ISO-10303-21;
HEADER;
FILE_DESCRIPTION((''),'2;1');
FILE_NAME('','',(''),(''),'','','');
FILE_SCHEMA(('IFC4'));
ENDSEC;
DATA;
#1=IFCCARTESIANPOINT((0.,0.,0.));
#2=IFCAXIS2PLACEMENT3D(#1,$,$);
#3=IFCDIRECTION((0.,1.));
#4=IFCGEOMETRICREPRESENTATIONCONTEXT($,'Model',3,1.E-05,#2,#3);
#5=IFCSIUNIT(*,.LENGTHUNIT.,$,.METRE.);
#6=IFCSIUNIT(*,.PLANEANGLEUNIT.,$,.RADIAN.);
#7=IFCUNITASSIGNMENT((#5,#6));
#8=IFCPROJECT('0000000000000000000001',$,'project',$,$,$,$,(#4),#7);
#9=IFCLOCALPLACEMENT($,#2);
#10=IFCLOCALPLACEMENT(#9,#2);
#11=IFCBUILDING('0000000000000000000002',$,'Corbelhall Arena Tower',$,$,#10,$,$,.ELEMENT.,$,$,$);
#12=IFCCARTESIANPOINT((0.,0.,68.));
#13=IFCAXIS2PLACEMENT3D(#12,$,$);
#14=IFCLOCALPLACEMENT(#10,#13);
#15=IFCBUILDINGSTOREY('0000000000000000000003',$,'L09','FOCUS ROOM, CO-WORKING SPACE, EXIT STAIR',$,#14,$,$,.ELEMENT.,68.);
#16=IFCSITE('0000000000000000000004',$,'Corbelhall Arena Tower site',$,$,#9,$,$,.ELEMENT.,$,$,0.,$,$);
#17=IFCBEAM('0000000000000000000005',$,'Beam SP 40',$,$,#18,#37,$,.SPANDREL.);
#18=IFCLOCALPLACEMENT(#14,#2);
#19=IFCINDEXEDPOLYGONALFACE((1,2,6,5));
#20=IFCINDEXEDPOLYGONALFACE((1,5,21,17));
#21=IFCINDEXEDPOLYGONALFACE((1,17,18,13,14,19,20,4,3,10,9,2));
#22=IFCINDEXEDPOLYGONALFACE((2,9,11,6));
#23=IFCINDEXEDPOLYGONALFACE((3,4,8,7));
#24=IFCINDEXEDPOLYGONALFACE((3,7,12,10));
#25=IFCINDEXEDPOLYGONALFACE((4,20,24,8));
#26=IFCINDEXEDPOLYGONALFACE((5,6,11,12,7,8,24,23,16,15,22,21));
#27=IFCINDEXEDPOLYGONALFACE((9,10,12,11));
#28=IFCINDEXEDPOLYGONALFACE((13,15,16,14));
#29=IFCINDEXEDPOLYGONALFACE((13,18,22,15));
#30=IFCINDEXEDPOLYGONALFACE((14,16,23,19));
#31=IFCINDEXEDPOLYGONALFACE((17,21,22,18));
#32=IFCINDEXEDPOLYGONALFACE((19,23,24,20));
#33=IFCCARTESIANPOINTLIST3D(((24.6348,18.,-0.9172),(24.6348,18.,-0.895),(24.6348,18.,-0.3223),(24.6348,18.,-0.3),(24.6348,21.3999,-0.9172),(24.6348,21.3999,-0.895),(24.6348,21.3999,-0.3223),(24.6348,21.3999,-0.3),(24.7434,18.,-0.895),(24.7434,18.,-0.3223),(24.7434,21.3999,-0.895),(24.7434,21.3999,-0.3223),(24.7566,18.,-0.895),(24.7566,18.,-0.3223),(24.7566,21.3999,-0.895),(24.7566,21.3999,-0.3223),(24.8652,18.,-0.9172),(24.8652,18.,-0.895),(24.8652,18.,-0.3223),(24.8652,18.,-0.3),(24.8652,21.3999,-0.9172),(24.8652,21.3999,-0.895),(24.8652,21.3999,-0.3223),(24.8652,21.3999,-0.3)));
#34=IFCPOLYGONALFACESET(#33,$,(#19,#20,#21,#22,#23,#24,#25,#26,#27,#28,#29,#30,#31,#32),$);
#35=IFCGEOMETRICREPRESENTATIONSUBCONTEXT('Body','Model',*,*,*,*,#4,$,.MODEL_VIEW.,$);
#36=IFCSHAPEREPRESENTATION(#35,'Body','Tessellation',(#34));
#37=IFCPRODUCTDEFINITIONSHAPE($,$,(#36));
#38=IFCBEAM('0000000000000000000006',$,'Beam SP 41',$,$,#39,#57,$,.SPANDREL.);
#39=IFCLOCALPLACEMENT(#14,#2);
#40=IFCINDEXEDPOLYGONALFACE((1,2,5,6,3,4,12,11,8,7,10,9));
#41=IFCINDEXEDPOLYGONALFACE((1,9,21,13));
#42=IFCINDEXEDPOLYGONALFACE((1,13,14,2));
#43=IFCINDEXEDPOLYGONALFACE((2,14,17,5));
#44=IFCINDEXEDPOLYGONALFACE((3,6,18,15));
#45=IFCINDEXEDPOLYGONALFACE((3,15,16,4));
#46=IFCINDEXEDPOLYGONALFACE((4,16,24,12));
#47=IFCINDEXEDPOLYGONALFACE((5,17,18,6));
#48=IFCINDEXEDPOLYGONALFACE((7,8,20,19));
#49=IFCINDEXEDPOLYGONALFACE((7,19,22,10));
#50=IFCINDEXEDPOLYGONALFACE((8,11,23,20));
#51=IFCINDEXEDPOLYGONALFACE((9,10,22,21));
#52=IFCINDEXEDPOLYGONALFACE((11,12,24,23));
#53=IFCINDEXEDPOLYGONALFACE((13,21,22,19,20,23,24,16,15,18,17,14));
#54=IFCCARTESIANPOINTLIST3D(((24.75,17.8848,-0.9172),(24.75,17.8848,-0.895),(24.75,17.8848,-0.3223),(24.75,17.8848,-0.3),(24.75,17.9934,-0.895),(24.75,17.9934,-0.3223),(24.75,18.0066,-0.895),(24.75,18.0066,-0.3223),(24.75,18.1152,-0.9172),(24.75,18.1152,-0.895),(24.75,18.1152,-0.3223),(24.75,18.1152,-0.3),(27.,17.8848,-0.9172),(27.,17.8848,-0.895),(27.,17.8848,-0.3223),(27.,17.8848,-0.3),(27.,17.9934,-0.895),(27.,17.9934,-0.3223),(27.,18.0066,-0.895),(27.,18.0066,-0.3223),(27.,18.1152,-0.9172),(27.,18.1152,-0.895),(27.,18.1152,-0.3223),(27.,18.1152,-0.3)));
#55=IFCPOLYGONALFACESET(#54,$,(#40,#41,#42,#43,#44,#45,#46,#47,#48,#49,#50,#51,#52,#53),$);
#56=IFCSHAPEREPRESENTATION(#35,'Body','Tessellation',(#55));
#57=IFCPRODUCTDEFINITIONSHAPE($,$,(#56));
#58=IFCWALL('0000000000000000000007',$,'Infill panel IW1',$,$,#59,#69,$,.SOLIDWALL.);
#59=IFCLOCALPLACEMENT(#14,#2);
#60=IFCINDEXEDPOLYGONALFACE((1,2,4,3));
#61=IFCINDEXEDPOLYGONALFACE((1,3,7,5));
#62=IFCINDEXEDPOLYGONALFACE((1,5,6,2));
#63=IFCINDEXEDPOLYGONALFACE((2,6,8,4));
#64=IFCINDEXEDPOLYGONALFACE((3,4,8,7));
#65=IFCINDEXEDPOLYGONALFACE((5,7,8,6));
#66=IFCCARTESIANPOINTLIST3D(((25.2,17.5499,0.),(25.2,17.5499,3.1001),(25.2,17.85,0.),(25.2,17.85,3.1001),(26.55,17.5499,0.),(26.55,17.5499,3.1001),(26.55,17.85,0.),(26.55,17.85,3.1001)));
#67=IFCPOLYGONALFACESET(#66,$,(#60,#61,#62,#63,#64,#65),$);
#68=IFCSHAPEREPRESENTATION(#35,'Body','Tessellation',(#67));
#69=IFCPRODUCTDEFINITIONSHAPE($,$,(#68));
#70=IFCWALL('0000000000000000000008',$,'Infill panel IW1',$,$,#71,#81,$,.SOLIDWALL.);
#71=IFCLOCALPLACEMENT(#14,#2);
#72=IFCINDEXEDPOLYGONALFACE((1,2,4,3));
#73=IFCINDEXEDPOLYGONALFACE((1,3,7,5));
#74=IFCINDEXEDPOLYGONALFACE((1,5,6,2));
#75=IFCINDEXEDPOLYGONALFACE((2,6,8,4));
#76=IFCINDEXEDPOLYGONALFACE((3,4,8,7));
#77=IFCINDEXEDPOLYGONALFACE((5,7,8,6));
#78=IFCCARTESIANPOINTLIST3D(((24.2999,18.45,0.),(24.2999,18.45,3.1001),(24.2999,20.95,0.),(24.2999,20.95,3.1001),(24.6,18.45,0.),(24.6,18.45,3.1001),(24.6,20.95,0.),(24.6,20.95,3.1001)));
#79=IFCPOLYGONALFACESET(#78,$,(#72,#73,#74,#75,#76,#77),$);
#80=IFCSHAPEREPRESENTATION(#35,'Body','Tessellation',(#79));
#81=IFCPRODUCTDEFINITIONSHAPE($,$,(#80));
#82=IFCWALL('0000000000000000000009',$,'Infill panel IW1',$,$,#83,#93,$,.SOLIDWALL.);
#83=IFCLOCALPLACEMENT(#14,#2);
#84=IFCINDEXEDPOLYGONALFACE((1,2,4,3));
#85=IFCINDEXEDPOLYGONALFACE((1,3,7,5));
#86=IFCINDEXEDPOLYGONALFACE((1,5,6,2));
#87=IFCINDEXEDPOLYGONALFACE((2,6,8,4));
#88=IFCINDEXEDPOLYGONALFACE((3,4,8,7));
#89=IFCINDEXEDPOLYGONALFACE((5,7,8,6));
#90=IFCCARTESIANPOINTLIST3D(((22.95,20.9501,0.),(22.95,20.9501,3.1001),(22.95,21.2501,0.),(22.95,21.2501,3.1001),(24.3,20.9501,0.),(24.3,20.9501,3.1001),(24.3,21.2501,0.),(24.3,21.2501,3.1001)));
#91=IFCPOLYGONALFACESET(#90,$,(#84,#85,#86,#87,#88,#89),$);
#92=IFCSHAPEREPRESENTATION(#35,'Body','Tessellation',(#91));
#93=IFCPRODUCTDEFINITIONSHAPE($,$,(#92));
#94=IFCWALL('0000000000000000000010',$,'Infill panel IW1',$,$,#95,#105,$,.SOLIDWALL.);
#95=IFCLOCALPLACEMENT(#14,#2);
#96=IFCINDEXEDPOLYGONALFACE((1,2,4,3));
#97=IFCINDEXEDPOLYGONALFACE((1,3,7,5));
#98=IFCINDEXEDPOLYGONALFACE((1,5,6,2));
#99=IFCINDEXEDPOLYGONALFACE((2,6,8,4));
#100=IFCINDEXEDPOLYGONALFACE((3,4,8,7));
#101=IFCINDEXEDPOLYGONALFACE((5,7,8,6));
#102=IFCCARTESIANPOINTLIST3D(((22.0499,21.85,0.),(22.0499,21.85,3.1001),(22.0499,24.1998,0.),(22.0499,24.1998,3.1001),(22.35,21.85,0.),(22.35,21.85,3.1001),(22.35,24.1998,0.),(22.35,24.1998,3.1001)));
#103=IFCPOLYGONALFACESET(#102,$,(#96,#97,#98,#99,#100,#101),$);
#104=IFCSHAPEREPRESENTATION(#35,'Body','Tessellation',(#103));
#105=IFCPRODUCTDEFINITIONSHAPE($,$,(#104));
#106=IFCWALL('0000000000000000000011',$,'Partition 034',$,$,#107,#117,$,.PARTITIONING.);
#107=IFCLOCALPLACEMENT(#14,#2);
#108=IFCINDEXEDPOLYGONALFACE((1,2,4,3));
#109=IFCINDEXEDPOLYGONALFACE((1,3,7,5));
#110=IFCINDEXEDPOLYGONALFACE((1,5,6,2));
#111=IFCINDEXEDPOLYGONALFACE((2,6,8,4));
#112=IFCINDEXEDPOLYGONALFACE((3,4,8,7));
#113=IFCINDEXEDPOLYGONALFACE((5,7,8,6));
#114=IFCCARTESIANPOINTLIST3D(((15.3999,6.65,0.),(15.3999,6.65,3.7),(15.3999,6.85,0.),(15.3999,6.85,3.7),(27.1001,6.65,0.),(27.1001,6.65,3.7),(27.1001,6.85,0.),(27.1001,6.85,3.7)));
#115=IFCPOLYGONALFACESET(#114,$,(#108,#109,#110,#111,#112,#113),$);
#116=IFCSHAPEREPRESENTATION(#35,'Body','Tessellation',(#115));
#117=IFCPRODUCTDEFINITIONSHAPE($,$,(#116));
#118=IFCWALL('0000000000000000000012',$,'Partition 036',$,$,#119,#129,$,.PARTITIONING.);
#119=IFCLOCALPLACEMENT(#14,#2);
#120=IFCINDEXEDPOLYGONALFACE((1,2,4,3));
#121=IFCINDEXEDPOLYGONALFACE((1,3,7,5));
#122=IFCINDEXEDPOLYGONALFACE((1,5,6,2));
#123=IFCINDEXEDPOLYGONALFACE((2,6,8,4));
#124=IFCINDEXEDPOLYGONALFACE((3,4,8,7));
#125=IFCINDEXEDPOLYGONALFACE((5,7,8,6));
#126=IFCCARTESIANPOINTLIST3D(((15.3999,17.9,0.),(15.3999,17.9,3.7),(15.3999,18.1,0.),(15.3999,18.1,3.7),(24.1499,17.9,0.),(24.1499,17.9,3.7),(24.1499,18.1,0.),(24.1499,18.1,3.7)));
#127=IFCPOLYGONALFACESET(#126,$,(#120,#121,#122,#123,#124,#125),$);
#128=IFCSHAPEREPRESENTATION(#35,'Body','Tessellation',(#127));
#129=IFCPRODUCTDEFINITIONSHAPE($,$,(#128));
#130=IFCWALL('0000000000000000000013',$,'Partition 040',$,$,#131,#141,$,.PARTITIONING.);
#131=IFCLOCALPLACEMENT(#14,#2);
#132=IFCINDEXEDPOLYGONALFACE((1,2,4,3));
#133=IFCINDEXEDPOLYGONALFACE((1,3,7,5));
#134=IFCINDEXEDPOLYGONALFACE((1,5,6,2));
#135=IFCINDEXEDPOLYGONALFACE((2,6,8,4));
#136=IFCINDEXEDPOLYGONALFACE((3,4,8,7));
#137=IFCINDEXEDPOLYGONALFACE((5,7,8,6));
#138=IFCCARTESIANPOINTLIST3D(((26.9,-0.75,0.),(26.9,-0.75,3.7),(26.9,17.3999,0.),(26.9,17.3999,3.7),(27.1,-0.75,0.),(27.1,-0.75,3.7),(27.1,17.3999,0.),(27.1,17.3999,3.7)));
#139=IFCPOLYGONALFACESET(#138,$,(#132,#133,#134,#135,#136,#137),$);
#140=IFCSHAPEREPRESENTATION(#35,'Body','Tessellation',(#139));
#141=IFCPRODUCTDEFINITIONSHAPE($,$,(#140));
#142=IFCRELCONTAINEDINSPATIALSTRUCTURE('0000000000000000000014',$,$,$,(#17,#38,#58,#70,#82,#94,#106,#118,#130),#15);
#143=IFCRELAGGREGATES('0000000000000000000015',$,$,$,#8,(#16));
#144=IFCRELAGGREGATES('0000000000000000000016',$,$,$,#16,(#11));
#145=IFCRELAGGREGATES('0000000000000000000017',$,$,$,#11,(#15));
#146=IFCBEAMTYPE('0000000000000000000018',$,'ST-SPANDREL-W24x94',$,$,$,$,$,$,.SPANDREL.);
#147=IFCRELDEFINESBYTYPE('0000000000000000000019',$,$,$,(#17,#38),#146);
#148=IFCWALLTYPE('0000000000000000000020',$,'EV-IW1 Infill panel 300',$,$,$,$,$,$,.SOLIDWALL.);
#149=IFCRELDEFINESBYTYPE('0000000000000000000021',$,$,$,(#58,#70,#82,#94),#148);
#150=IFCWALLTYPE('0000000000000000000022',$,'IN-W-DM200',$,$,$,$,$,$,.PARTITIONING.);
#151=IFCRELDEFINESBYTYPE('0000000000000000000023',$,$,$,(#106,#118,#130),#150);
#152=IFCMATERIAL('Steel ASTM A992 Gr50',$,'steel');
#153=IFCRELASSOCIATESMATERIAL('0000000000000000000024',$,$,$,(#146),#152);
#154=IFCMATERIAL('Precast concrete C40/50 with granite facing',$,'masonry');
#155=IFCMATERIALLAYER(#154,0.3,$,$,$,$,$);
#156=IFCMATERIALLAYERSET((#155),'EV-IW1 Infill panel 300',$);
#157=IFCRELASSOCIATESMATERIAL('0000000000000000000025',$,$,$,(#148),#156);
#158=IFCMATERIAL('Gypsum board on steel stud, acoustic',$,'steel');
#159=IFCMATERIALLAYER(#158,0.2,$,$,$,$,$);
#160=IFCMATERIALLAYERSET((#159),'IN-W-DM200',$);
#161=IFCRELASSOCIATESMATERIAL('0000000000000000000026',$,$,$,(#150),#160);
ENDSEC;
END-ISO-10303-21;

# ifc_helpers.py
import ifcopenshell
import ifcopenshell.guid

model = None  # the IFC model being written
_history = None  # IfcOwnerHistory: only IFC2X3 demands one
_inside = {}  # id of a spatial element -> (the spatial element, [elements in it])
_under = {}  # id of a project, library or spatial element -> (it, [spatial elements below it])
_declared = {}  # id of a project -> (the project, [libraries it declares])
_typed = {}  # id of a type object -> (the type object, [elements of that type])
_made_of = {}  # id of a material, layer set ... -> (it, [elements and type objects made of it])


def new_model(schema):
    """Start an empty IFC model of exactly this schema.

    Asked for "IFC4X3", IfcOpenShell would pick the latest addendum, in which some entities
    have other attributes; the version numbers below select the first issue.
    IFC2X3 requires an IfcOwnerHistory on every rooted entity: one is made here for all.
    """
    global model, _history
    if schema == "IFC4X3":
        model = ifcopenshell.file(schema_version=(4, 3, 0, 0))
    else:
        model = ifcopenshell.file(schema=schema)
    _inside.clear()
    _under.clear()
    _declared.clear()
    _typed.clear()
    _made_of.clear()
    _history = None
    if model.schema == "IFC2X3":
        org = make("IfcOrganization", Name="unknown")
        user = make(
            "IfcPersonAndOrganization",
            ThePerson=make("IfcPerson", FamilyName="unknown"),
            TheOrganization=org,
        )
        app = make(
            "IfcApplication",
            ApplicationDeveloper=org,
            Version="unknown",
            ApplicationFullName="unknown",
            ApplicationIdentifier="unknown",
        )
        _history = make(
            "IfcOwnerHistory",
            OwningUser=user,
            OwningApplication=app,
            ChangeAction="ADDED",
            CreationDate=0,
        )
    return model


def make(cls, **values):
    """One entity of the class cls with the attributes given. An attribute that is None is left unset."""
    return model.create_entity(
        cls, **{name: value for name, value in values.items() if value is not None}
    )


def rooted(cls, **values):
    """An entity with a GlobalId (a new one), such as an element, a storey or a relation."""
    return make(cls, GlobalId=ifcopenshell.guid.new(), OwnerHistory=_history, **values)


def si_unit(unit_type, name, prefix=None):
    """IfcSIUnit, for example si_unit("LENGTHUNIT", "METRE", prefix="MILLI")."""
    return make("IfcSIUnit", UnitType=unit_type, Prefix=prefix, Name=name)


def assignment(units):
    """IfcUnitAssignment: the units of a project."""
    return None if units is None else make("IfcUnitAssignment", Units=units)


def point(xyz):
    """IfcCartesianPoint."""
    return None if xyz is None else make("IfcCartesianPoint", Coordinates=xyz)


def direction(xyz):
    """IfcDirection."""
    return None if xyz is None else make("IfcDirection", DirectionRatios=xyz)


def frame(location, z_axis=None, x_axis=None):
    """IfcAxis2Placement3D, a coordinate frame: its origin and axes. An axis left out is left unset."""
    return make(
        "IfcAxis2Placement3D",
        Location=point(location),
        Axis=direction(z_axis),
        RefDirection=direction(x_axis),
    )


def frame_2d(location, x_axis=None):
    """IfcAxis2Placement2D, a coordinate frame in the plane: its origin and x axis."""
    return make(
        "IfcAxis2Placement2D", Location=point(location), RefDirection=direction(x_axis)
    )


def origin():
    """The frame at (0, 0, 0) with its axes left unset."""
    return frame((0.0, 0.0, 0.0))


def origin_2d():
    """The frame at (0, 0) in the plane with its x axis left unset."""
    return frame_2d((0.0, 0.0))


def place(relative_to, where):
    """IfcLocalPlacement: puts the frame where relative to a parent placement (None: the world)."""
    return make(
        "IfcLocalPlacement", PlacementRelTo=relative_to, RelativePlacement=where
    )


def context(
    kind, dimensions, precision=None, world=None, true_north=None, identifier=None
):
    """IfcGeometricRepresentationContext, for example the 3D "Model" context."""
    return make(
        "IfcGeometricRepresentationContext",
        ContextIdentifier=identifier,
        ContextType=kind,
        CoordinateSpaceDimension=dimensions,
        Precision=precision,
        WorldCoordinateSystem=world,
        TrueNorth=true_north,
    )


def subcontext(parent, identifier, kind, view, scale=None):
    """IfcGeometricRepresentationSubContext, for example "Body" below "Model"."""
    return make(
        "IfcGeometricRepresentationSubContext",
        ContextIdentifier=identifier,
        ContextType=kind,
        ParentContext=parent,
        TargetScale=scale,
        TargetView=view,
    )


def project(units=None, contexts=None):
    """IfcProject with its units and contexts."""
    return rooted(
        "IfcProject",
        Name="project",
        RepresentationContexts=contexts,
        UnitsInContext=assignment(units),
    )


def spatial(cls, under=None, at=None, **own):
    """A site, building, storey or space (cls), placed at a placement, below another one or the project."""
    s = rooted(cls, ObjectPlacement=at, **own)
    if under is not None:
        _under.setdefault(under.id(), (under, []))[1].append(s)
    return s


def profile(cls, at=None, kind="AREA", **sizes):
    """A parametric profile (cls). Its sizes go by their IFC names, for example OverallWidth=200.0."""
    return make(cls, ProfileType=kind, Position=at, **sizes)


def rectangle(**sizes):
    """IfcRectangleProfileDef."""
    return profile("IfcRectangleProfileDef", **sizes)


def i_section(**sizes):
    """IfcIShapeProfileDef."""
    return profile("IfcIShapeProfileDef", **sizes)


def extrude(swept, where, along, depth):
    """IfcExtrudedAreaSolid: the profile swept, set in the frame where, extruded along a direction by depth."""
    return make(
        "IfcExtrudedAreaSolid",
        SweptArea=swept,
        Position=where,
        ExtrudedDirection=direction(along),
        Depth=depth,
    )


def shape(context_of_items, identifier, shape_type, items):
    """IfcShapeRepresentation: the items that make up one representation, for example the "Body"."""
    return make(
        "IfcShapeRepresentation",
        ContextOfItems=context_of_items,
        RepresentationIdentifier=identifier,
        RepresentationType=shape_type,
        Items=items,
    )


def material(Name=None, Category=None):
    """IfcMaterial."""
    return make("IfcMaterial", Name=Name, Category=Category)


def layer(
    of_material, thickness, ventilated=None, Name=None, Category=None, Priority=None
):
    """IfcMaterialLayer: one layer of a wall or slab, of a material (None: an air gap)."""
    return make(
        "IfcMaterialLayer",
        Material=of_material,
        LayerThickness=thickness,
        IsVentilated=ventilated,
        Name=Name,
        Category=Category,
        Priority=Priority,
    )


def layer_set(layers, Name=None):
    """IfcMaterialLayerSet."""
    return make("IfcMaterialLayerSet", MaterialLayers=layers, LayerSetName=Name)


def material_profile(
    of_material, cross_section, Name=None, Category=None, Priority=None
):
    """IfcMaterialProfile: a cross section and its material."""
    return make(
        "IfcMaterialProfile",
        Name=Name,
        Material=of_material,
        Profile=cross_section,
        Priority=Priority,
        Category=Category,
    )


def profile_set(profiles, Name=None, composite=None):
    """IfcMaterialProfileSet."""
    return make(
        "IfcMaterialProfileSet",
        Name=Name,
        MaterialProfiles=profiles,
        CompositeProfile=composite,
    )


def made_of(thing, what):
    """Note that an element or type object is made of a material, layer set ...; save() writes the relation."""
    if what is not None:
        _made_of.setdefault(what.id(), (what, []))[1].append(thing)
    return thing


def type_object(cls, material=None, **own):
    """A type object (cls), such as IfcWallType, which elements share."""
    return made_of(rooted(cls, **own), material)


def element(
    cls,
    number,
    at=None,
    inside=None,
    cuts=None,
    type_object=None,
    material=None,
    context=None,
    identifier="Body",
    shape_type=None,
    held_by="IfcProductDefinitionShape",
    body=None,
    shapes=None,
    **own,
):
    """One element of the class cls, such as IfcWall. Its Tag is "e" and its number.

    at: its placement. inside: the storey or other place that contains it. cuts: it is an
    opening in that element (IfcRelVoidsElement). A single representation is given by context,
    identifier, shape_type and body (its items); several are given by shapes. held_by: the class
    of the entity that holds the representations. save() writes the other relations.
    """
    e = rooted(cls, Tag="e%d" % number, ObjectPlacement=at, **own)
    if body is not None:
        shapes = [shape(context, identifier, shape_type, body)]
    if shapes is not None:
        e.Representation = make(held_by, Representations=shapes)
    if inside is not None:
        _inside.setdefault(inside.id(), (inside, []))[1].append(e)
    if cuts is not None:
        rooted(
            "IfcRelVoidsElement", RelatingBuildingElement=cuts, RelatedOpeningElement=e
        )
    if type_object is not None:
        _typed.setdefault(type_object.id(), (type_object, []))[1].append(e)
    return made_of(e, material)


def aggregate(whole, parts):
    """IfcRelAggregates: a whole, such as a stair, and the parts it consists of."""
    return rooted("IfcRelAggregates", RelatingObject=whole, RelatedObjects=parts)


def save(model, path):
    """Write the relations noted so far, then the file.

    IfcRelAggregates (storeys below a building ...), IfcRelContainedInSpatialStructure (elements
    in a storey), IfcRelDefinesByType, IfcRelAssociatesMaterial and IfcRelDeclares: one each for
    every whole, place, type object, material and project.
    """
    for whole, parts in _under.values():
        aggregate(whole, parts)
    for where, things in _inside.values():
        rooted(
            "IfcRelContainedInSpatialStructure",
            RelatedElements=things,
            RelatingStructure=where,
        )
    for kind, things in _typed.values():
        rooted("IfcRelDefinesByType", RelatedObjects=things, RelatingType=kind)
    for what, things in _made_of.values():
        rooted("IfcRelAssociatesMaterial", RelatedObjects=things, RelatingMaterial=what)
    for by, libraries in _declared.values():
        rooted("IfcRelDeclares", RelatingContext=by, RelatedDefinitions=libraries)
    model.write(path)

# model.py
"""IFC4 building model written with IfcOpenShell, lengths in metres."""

from ifc_helpers import new_model, si_unit, direction, frame, frame_2d, origin, origin_2d, place, context, subcontext, project, spatial, rectangle, i_section, extrude, material, layer, layer_set, material_profile, profile_set, type_object, element, save


model = new_model("IFC4")

# Units and contexts
model_context = context("Model", 3, precision=1e-05, world=origin(), true_north=direction((0.0, 1.0)))
body_context = subcontext(model_context, "Body", "Model", "MODEL_VIEW")
ifc_project = project(units=[si_unit("LENGTHUNIT", "METRE"), si_unit("PLANEANGLEUNIT", "RADIAN")], contexts=[model_context])

# Site, building, storey
site_placement = place(None, origin())
site = spatial("IfcSite", under=ifc_project, at=site_placement, Name="Corbelhall Arena Tower site", CompositionType="ELEMENT", RefElevation=0.0)
building_placement = place(site_placement, origin())
building = spatial("IfcBuilding", under=site, at=building_placement, Name="Corbelhall Arena Tower", CompositionType="ELEMENT")
storey_placement = place(building_placement, frame((0.0, 0.0, 68.0)))
storey = spatial("IfcBuildingStorey", under=building, at=storey_placement, Name="L09", Description="FOCUS ROOM, CO-WORKING SPACE, EXIT STAIR", CompositionType="ELEMENT", Elevation=68.0)

# Beams
ifc_material_1 = material(Name="Steel ASTM A992 Gr50", Category="steel")
ifc_material_profile_1 = material_profile(ifc_material_1, i_section(OverallWidth=0.2305, OverallDepth=0.6172, WebThickness=0.0132, FlangeThickness=0.0222, at=origin_2d()))
ifc_profile_set_1 = profile_set([ifc_material_profile_1], Name="Steel ASTM A992 Gr50")
beam_type = type_object("IfcBeamType", Name="ST-SPANDREL-W24x94", PredefinedType="SPANDREL", material=ifc_profile_set_1)
beam_1_placement = place(storey_placement, frame((24.75, 21.3999, -0.6086), z_axis=(0.0, -1.0, 0.0), x_axis=(1.0, 0.0, 0.0)))
element("IfcBeam", 1, at=beam_1_placement, inside=storey, type_object=beam_type, Name="Beam SP 40", PredefinedType="SPANDREL", context=body_context, shape_type="SweptSolid", body=[
    extrude(i_section(OverallWidth=0.2305, OverallDepth=0.6172, WebThickness=0.0132, FlangeThickness=0.0222, at=origin_2d()), origin(), (0.0, 0.0, 1.0), 3.3999),
])
beam_2_placement = place(storey_placement, frame((24.75, 18.0, -0.6086), z_axis=(1.0, 0.0, 0.0), x_axis=(0.0, 1.0, 0.0)))
element("IfcBeam", 2, at=beam_2_placement, inside=storey, type_object=beam_type, Name="Beam SP 41", PredefinedType="SPANDREL", context=body_context, shape_type="SweptSolid", body=[
    extrude(i_section(OverallWidth=0.2305, OverallDepth=0.6172, WebThickness=0.0132, FlangeThickness=0.0222, at=origin_2d()), origin(), (0.0, 0.0, 1.0), 2.25),
])

# Walls
ifc_material_2 = material(Name="Precast concrete C40/50 with granite facing", Category="masonry")
ifc_layer_1 = layer(ifc_material_2, 0.3)
ifc_layer_set_1 = layer_set([ifc_layer_1], Name="EV-IW1 Infill panel 300")
wall_type_1 = type_object("IfcWallType", Name="EV-IW1 Infill panel 300", PredefinedType="SOLIDWALL", material=ifc_layer_set_1)
wall_1_placement = place(storey_placement, frame((26.55, 17.7, 0.0), z_axis=(0.0, 0.0, 1.0), x_axis=(-1.0, 0.0, 0.0)))
element("IfcWall", 3, at=wall_1_placement, inside=storey, type_object=wall_type_1, Name="Infill panel IW1", PredefinedType="SOLIDWALL", context=body_context, shape_type="SweptSolid", body=[
    extrude(rectangle(XDim=1.3501, YDim=0.3, at=frame_2d((0.675, 0.0))), origin(), (0.0, 0.0, 1.0), 3.1001),
])
wall_2_placement = place(storey_placement, frame((24.45, 18.45, 0.0), z_axis=(0.0, 0.0, 1.0), x_axis=(0.0, 1.0, 0.0)))
element("IfcWall", 4, at=wall_2_placement, inside=storey, type_object=wall_type_1, Name="Infill panel IW1", PredefinedType="SOLIDWALL", context=body_context, shape_type="SweptSolid", body=[
    extrude(rectangle(XDim=2.5, YDim=0.3, at=frame_2d((1.25, 0.0))), origin(), (0.0, 0.0, 1.0), 3.1001),
])
wall_3_placement = place(storey_placement, frame((24.3, 21.1001, 0.0), z_axis=(0.0, 0.0, 1.0), x_axis=(-1.0, 0.0, 0.0)))
element("IfcWall", 5, at=wall_3_placement, inside=storey, type_object=wall_type_1, Name="Infill panel IW1", PredefinedType="SOLIDWALL", context=body_context, shape_type="SweptSolid", body=[
    extrude(rectangle(XDim=1.3501, YDim=0.3, at=frame_2d((0.675, 0.0))), origin(), (0.0, 0.0, 1.0), 3.1001),
])
wall_4_placement = place(storey_placement, frame((22.2, 21.8501, 0.0), z_axis=(0.0, 0.0, 1.0), x_axis=(0.0, 1.0, 0.0)))
element("IfcWall", 6, at=wall_4_placement, inside=storey, type_object=wall_type_1, Name="Infill panel IW1", PredefinedType="SOLIDWALL", context=body_context, shape_type="SweptSolid", body=[
    extrude(rectangle(XDim=2.3499, YDim=0.3, at=frame_2d((1.1748, 0.0))), origin(), (0.0, 0.0, 1.0), 3.1001),
])

# Wall
ifc_material_3 = material(Name="Gypsum board on steel stud, acoustic", Category="steel")
ifc_layer_2 = layer(ifc_material_3, 0.2)
ifc_layer_set_2 = layer_set([ifc_layer_2], Name="IN-W-DM200")
wall_type_2 = type_object("IfcWallType", Name="IN-W-DM200", PredefinedType="PARTITIONING", material=ifc_layer_set_2)
wall_5_placement = place(storey_placement, frame((15.3999, 6.75, 0.0), z_axis=(0.0, 0.0, 1.0), x_axis=(1.0, 0.0, 0.0)))
element("IfcWall", 7, at=wall_5_placement, inside=storey, type_object=wall_type_2, Name="Partition 034", PredefinedType="PARTITIONING", context=body_context, shape_type="SweptSolid", body=[
    extrude(rectangle(XDim=11.7002, YDim=0.2, at=frame_2d((5.8501, 0.0))), origin(), (0.0, 0.0, 1.0), 3.7),
])

# Wall
wall_6_placement = place(storey_placement, frame((15.3999, 18.0, 0.0), z_axis=(0.0, 0.0, 1.0), x_axis=(1.0, 0.0, 0.0)))
element("IfcWall", 8, at=wall_6_placement, inside=storey, type_object=wall_type_2, Name="Partition 036", PredefinedType="PARTITIONING", context=body_context, shape_type="SweptSolid", body=[
    extrude(rectangle(XDim=8.75, YDim=0.2, at=frame_2d((4.375, 0.0))), origin(), (0.0, 0.0, 1.0), 3.7),
])

# Wall
wall_7_placement = place(storey_placement, frame((27.0, 17.3999, 0.0), z_axis=(0.0, 0.0, 1.0), x_axis=(0.0, -1.0, 0.0)))
element("IfcWall", 9, at=wall_7_placement, inside=storey, type_object=wall_type_2, Name="Partition 040", PredefinedType="PARTITIONING", context=body_context, shape_type="SweptSolid", body=[
    extrude(rectangle(XDim=18.1499, YDim=0.2, at=frame_2d((9.075, 0.0))), origin(), (0.0, 0.0, 1.0), 3.7),
])

save(model, "model.ifc")
